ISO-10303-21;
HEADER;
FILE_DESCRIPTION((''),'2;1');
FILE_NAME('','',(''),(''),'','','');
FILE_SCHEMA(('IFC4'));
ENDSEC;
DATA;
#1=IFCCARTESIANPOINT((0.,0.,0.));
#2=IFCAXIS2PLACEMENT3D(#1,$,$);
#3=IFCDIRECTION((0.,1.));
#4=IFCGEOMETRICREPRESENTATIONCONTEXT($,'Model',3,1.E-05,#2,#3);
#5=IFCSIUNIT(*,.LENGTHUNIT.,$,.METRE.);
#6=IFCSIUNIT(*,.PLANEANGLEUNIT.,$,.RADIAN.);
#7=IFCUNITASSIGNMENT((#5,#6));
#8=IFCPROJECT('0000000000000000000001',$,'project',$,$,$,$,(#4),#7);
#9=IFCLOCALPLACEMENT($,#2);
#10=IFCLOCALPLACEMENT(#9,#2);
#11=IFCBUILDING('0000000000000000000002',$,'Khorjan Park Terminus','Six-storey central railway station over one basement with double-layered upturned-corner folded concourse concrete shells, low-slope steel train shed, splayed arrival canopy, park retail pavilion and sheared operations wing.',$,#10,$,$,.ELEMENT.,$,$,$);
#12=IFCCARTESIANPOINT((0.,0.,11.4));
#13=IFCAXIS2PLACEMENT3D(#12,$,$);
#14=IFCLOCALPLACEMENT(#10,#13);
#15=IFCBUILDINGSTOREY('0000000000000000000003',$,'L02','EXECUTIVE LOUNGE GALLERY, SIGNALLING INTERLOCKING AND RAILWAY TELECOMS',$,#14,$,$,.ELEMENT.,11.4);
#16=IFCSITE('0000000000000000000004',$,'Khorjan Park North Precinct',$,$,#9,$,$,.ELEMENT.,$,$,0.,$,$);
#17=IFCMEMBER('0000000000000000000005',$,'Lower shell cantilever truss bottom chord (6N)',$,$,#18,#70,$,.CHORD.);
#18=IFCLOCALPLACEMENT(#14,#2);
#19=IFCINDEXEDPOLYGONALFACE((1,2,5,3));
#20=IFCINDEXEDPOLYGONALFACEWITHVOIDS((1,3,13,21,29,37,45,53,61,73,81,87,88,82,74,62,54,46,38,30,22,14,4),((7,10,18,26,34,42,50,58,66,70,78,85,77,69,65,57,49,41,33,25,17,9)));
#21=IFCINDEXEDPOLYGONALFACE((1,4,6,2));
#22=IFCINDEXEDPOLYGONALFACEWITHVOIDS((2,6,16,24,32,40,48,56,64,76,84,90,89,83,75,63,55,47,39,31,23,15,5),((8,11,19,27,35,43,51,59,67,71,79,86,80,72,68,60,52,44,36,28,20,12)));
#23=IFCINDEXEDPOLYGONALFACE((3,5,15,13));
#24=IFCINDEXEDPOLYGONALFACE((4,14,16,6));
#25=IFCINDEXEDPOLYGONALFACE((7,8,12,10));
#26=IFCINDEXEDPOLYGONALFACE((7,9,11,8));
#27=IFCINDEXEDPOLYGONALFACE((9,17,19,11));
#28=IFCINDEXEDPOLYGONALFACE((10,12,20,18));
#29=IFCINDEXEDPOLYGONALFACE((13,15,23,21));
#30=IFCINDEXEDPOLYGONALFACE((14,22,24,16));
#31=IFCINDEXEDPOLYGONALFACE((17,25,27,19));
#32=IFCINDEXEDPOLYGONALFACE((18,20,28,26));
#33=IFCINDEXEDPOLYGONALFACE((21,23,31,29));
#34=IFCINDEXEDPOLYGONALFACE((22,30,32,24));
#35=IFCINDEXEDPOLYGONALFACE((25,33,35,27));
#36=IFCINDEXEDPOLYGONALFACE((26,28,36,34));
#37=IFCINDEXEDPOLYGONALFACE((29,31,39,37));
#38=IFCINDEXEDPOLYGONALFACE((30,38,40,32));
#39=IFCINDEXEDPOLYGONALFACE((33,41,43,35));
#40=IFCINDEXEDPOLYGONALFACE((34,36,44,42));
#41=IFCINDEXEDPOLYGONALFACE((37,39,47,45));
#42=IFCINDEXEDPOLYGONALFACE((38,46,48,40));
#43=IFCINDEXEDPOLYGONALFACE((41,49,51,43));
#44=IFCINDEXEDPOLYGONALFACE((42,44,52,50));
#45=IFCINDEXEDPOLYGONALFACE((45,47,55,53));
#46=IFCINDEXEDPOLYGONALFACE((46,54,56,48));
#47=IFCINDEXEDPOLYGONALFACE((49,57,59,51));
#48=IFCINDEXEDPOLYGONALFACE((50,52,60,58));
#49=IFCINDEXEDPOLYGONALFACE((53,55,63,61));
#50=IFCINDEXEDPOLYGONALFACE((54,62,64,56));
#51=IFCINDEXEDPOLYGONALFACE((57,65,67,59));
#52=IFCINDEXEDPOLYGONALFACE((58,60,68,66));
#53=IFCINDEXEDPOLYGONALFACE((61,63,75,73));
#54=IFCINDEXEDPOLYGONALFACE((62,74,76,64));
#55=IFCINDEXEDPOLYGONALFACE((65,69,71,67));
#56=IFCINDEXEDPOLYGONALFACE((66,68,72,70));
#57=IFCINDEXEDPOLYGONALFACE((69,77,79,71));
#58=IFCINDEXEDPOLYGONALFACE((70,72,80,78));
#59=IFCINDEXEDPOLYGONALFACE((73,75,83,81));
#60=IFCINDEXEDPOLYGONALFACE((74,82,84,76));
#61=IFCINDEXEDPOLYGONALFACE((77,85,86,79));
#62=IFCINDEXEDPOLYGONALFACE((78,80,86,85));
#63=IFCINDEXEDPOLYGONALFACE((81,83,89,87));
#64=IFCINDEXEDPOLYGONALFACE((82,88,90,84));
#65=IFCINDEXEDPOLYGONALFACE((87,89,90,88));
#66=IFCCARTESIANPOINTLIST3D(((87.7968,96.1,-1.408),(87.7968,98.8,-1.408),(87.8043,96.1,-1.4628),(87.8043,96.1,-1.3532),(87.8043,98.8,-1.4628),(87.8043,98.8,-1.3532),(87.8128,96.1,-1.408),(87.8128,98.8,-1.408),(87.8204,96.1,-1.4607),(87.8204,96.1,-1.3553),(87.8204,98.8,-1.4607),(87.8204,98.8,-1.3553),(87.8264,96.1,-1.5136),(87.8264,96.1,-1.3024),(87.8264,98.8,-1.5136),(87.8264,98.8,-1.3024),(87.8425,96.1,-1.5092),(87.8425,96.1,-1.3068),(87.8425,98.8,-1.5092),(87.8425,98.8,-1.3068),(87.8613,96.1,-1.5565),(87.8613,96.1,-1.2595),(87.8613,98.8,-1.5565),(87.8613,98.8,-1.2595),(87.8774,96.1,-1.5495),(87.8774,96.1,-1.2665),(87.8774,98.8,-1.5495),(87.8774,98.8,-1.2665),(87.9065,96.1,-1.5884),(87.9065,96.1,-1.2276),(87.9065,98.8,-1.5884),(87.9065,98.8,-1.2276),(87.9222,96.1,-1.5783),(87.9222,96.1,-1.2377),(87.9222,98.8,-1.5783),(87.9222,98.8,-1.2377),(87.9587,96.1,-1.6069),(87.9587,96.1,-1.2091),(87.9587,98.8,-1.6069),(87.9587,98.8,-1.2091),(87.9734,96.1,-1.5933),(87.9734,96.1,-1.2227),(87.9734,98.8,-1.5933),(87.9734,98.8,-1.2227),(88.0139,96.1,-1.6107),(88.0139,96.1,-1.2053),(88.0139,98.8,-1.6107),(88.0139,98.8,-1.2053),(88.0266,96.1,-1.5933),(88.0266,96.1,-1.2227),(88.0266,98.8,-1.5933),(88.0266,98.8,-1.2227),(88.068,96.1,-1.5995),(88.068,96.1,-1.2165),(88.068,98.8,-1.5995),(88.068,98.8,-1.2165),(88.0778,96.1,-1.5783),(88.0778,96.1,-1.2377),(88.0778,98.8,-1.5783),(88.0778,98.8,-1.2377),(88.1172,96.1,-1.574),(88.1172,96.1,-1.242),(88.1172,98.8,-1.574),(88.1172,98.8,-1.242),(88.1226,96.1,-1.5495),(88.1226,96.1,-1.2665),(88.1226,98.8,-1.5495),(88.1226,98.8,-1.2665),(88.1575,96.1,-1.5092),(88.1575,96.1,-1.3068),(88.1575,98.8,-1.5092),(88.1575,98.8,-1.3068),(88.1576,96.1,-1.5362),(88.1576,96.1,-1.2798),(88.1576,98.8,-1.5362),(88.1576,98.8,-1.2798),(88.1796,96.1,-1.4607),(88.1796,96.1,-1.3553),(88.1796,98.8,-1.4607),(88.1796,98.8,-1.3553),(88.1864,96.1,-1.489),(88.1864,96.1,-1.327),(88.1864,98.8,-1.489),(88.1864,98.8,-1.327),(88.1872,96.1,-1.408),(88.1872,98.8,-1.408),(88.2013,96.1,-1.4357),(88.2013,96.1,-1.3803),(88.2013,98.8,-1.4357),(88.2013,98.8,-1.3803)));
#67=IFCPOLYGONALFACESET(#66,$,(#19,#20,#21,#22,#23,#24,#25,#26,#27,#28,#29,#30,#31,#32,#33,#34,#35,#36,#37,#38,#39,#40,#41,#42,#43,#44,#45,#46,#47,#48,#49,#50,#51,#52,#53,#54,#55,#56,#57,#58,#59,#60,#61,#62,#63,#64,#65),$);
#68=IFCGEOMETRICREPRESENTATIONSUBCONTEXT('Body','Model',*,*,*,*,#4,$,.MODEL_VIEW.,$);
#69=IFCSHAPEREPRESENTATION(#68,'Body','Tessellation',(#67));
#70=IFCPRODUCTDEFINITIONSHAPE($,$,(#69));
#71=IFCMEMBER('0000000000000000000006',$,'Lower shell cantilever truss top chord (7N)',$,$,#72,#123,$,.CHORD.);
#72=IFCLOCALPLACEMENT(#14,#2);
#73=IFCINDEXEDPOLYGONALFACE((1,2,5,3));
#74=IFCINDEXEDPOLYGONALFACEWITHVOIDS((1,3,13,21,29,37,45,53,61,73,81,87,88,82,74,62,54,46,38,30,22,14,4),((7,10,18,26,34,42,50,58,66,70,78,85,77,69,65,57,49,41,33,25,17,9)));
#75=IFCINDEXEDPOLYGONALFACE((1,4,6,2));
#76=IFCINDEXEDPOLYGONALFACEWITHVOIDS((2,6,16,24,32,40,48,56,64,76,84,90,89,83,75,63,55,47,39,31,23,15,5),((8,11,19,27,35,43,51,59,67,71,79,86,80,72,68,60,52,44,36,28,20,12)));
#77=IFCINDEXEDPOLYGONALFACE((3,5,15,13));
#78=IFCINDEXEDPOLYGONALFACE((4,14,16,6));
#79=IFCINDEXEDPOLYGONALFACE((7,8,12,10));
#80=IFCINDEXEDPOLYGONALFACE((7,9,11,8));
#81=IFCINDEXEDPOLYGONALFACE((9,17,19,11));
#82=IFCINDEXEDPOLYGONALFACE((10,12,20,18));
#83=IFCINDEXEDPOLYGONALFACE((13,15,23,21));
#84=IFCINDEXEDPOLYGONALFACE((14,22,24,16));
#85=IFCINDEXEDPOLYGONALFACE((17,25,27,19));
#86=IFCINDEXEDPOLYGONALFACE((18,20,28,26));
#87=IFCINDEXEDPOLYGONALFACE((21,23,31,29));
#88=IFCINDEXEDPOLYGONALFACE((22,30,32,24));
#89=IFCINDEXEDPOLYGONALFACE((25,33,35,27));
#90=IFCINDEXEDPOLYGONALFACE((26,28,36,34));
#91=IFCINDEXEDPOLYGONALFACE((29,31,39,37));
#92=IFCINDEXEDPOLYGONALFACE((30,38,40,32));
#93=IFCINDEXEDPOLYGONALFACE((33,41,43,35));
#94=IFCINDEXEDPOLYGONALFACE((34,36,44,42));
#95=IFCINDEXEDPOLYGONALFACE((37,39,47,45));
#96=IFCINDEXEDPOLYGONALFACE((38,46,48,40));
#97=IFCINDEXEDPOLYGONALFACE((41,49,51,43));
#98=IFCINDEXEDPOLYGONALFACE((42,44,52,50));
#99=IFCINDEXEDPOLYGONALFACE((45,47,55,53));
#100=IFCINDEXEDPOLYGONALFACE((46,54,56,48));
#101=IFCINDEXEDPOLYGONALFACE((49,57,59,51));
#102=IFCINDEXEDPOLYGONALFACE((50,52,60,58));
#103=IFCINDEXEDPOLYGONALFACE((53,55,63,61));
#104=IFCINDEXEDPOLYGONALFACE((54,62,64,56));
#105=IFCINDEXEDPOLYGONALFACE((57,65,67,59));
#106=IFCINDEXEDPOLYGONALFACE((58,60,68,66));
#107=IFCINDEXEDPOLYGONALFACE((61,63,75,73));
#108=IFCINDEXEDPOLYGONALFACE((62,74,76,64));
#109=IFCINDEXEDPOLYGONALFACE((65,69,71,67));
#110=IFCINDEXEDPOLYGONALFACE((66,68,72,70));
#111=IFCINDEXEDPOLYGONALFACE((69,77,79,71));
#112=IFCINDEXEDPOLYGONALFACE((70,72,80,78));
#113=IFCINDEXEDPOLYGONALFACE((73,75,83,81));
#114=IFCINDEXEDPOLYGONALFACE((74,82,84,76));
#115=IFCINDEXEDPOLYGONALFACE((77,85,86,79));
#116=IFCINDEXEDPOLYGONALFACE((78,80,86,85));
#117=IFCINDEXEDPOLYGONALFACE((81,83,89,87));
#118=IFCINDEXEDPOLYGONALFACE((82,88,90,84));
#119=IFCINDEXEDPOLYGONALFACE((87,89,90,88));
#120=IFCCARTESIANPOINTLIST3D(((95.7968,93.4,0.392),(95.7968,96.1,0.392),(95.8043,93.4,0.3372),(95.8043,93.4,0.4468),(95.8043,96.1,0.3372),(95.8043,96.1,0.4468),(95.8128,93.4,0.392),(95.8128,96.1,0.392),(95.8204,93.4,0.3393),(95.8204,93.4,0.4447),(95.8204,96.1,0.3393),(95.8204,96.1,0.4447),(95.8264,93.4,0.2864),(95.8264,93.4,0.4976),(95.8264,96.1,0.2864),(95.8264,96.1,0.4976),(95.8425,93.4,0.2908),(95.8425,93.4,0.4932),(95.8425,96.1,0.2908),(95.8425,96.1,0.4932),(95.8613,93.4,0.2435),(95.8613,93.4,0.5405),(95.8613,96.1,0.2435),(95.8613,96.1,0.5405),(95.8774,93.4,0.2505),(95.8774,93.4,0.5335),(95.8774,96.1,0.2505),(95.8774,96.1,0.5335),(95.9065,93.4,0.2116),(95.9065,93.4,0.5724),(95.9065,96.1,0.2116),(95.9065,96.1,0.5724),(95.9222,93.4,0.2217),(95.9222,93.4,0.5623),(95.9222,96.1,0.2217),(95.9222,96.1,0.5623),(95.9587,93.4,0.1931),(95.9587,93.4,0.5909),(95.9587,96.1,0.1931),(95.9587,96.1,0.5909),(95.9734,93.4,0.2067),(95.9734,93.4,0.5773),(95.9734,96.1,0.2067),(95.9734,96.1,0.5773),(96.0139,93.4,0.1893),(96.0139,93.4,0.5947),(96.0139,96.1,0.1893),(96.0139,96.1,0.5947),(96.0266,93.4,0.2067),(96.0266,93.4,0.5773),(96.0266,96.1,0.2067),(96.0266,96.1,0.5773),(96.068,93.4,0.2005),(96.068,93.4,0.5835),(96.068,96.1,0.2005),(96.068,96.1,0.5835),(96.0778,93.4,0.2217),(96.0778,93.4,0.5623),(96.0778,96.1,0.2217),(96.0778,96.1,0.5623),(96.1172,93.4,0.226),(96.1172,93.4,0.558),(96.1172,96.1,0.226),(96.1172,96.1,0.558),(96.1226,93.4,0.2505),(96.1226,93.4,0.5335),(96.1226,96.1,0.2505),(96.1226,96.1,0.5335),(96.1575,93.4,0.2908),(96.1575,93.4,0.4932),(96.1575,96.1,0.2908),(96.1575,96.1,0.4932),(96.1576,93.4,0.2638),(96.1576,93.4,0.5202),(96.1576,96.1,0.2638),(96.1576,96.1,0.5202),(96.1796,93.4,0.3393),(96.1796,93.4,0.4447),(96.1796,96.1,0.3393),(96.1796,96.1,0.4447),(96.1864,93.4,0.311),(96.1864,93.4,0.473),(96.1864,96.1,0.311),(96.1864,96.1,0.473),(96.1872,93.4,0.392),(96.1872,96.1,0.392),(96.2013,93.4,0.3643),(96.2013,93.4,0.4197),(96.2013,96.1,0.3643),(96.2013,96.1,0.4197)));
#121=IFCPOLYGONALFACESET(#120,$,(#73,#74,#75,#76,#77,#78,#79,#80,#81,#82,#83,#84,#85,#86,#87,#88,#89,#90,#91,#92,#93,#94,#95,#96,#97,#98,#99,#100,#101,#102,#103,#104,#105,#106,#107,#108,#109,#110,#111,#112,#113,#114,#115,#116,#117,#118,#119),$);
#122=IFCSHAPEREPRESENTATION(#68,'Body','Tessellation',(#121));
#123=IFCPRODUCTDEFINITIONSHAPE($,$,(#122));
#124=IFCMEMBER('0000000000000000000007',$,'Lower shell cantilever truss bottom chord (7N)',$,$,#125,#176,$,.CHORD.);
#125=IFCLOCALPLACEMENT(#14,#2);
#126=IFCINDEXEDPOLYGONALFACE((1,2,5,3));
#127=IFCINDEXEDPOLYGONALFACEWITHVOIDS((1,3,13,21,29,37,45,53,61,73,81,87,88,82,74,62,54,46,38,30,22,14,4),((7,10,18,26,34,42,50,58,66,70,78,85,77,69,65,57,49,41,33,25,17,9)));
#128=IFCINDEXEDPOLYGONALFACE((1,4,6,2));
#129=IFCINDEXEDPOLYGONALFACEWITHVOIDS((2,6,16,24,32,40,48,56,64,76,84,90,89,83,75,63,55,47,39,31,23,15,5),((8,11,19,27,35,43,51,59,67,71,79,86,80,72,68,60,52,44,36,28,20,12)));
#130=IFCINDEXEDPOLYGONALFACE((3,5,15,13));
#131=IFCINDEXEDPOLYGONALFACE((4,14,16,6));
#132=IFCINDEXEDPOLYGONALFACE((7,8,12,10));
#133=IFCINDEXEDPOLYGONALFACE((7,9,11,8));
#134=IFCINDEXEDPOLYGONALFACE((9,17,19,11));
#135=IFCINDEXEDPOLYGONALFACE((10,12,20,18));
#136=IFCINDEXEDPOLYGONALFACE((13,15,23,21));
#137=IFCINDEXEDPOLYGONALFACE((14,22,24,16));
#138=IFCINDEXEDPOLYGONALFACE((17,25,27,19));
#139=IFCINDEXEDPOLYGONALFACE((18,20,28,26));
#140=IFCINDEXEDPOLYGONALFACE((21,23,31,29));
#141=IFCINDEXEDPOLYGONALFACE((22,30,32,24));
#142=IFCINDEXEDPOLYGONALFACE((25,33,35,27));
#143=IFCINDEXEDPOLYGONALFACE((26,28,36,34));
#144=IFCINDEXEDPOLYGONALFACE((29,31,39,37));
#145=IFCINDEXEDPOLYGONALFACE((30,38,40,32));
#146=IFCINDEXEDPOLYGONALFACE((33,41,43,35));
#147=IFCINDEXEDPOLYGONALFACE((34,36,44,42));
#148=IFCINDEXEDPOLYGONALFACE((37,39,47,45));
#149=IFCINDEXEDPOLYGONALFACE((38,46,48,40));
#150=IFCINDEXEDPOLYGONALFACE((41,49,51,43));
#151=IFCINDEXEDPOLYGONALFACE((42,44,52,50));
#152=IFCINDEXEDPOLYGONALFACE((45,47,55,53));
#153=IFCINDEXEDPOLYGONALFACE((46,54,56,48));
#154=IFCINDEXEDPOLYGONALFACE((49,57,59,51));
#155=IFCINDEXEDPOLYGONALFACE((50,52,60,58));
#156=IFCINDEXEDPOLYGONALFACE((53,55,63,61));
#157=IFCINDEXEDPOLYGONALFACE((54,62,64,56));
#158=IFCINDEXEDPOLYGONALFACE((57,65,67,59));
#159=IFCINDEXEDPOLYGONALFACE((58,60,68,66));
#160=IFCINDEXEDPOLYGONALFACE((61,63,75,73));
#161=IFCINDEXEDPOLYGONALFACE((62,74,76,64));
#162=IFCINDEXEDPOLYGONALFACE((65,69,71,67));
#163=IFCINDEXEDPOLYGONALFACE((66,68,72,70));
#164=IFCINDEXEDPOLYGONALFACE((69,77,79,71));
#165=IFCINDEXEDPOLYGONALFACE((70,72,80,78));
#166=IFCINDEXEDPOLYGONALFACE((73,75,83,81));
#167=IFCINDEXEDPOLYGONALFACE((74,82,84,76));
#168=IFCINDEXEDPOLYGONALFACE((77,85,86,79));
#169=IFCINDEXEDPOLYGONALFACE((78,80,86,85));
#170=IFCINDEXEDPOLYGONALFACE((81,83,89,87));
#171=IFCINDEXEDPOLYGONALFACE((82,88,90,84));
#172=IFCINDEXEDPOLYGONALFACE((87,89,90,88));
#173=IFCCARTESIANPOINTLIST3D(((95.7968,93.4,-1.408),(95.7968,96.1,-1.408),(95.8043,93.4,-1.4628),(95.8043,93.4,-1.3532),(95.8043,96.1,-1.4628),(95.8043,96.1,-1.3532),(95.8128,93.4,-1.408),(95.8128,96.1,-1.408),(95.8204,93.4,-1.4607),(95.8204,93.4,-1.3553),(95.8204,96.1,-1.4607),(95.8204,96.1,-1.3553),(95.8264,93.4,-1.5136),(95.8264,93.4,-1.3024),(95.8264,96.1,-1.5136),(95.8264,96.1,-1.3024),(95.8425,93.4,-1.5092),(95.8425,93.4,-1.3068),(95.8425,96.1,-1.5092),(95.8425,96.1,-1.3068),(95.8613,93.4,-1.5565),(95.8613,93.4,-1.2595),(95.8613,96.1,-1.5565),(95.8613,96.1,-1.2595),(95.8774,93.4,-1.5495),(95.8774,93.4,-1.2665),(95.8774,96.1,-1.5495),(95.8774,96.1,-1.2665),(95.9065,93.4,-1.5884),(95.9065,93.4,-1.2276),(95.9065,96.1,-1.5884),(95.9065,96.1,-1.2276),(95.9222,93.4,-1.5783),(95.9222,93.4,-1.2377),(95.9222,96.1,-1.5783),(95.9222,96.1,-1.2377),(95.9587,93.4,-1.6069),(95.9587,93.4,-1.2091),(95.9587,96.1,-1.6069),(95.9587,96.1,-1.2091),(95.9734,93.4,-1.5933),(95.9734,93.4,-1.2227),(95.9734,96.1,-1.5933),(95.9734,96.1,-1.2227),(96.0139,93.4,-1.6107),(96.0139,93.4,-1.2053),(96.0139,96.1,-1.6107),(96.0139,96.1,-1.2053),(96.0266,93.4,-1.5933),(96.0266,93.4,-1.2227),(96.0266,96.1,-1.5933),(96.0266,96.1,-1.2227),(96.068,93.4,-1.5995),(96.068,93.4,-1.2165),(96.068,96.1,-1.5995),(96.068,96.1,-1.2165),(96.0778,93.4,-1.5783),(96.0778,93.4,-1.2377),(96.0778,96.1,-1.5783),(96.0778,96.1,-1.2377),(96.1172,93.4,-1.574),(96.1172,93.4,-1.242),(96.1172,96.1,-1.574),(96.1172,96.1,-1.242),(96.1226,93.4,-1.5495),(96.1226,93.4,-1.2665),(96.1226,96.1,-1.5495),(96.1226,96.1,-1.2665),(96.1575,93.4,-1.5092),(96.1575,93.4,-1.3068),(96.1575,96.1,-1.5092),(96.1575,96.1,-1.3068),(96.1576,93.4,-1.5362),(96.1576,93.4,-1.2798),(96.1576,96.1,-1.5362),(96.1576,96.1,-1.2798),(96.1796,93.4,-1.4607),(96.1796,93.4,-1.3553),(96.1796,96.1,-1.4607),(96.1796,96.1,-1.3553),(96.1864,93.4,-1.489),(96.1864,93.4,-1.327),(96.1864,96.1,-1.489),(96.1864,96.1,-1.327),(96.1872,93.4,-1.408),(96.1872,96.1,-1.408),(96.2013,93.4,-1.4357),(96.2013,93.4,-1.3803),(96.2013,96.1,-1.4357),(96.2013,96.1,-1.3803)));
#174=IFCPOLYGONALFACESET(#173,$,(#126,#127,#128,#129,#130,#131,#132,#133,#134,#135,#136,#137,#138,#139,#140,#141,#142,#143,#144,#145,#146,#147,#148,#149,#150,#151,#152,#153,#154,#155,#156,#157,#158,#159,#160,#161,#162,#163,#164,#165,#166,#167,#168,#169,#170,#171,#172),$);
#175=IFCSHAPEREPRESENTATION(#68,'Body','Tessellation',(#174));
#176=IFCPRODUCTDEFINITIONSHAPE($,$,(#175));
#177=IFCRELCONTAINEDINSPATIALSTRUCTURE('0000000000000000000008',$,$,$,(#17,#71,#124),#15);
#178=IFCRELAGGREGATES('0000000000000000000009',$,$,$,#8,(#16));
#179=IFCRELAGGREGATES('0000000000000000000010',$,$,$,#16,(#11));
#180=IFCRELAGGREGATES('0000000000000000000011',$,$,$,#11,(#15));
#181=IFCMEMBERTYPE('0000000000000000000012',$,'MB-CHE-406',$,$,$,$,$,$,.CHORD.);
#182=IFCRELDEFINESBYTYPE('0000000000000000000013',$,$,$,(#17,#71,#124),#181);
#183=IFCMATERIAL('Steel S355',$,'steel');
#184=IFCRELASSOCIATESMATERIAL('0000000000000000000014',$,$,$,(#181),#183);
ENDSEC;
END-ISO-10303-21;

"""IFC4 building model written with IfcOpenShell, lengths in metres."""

from ifc_helpers import new_model, si_unit, direction, frame, origin, origin_2d, place, context, subcontext, project, spatial, hollow_circle, extrude, material, material_profile, profile_set, type_object, element, save


model = new_model("IFC4")

# Units and contexts
model_context = context("Model", 3, precision=1e-05, world=origin(), true_north=direction((0.0, 1.0)))
body_context = subcontext(model_context, "Body", "Model", "MODEL_VIEW")
ifc_project = project(units=[si_unit("LENGTHUNIT", "METRE"), si_unit("PLANEANGLEUNIT", "RADIAN")], contexts=[model_context])

# Site, building, storey
site_placement = place(None, origin())
site = spatial("IfcSite", under=ifc_project, at=site_placement, Name="Khorjan Park North Precinct", CompositionType="ELEMENT", RefElevation=0.0)
building_placement = place(site_placement, origin())
building = spatial("IfcBuilding", under=site, at=building_placement, Name="Khorjan Park Terminus", Description="Six-storey central railway station over one basement with double-layered upturned-corner folded concourse concrete shells, low-slope steel train shed, splayed arrival canopy, park retail pavilion and sheared operations wing.", CompositionType="ELEMENT")
storey_placement = place(building_placement, frame((0.0, 0.0, 11.4)))
storey = spatial("IfcBuildingStorey", under=building, at=storey_placement, Name="L02", Description="EXECUTIVE LOUNGE GALLERY, SIGNALLING INTERLOCKING AND RAILWAY TELECOMS", CompositionType="ELEMENT", Elevation=11.4)

# Members
ifc_material_1 = material(Name="Steel S355", Category="steel")
ifc_material_profile_1 = material_profile(ifc_material_1, hollow_circle(Radius=0.2032, WallThickness=0.016, at=origin_2d()), Name="CHS 406.4x16")
ifc_profile_set_1 = profile_set([ifc_material_profile_1], Name="Steel S355")
member_type_1 = type_object("IfcMemberType", Name="MB-CHE-406", PredefinedType="CHORD", material=ifc_profile_set_1)
for number, where, z_axis, x_axis, name in (
    (1, (88.0, 96.1, -1.408), (0.0, 1.0, 0.0), (-1.0, 0.0, 0.0), "Lower shell cantilever truss bottom chord (6N)"),
    (2, (96.0, 93.4, 0.392), (0.0, 1.0, 0.0), (-1.0, 0.0, 0.0), "Lower shell cantilever truss top chord (7N)"),
    (3, (96.0, 93.4, -1.408), (0.0, 1.0, 0.0), (-1.0, 0.0, 0.0), "Lower shell cantilever truss bottom chord (7N)"),
):
    element("IfcMember", number, at=place(storey_placement, frame(where, z_axis=z_axis, x_axis=x_axis)), inside=storey, type_object=member_type_1, Name=name, PredefinedType="CHORD", context=body_context, shape_type="SweptSolid", body=[
        extrude(hollow_circle(Radius=0.2032, WallThickness=0.016, at=origin_2d()), origin(), (0.0, 0.0, 1.0), 2.7),
    ])

save(model, "model.ifc")
